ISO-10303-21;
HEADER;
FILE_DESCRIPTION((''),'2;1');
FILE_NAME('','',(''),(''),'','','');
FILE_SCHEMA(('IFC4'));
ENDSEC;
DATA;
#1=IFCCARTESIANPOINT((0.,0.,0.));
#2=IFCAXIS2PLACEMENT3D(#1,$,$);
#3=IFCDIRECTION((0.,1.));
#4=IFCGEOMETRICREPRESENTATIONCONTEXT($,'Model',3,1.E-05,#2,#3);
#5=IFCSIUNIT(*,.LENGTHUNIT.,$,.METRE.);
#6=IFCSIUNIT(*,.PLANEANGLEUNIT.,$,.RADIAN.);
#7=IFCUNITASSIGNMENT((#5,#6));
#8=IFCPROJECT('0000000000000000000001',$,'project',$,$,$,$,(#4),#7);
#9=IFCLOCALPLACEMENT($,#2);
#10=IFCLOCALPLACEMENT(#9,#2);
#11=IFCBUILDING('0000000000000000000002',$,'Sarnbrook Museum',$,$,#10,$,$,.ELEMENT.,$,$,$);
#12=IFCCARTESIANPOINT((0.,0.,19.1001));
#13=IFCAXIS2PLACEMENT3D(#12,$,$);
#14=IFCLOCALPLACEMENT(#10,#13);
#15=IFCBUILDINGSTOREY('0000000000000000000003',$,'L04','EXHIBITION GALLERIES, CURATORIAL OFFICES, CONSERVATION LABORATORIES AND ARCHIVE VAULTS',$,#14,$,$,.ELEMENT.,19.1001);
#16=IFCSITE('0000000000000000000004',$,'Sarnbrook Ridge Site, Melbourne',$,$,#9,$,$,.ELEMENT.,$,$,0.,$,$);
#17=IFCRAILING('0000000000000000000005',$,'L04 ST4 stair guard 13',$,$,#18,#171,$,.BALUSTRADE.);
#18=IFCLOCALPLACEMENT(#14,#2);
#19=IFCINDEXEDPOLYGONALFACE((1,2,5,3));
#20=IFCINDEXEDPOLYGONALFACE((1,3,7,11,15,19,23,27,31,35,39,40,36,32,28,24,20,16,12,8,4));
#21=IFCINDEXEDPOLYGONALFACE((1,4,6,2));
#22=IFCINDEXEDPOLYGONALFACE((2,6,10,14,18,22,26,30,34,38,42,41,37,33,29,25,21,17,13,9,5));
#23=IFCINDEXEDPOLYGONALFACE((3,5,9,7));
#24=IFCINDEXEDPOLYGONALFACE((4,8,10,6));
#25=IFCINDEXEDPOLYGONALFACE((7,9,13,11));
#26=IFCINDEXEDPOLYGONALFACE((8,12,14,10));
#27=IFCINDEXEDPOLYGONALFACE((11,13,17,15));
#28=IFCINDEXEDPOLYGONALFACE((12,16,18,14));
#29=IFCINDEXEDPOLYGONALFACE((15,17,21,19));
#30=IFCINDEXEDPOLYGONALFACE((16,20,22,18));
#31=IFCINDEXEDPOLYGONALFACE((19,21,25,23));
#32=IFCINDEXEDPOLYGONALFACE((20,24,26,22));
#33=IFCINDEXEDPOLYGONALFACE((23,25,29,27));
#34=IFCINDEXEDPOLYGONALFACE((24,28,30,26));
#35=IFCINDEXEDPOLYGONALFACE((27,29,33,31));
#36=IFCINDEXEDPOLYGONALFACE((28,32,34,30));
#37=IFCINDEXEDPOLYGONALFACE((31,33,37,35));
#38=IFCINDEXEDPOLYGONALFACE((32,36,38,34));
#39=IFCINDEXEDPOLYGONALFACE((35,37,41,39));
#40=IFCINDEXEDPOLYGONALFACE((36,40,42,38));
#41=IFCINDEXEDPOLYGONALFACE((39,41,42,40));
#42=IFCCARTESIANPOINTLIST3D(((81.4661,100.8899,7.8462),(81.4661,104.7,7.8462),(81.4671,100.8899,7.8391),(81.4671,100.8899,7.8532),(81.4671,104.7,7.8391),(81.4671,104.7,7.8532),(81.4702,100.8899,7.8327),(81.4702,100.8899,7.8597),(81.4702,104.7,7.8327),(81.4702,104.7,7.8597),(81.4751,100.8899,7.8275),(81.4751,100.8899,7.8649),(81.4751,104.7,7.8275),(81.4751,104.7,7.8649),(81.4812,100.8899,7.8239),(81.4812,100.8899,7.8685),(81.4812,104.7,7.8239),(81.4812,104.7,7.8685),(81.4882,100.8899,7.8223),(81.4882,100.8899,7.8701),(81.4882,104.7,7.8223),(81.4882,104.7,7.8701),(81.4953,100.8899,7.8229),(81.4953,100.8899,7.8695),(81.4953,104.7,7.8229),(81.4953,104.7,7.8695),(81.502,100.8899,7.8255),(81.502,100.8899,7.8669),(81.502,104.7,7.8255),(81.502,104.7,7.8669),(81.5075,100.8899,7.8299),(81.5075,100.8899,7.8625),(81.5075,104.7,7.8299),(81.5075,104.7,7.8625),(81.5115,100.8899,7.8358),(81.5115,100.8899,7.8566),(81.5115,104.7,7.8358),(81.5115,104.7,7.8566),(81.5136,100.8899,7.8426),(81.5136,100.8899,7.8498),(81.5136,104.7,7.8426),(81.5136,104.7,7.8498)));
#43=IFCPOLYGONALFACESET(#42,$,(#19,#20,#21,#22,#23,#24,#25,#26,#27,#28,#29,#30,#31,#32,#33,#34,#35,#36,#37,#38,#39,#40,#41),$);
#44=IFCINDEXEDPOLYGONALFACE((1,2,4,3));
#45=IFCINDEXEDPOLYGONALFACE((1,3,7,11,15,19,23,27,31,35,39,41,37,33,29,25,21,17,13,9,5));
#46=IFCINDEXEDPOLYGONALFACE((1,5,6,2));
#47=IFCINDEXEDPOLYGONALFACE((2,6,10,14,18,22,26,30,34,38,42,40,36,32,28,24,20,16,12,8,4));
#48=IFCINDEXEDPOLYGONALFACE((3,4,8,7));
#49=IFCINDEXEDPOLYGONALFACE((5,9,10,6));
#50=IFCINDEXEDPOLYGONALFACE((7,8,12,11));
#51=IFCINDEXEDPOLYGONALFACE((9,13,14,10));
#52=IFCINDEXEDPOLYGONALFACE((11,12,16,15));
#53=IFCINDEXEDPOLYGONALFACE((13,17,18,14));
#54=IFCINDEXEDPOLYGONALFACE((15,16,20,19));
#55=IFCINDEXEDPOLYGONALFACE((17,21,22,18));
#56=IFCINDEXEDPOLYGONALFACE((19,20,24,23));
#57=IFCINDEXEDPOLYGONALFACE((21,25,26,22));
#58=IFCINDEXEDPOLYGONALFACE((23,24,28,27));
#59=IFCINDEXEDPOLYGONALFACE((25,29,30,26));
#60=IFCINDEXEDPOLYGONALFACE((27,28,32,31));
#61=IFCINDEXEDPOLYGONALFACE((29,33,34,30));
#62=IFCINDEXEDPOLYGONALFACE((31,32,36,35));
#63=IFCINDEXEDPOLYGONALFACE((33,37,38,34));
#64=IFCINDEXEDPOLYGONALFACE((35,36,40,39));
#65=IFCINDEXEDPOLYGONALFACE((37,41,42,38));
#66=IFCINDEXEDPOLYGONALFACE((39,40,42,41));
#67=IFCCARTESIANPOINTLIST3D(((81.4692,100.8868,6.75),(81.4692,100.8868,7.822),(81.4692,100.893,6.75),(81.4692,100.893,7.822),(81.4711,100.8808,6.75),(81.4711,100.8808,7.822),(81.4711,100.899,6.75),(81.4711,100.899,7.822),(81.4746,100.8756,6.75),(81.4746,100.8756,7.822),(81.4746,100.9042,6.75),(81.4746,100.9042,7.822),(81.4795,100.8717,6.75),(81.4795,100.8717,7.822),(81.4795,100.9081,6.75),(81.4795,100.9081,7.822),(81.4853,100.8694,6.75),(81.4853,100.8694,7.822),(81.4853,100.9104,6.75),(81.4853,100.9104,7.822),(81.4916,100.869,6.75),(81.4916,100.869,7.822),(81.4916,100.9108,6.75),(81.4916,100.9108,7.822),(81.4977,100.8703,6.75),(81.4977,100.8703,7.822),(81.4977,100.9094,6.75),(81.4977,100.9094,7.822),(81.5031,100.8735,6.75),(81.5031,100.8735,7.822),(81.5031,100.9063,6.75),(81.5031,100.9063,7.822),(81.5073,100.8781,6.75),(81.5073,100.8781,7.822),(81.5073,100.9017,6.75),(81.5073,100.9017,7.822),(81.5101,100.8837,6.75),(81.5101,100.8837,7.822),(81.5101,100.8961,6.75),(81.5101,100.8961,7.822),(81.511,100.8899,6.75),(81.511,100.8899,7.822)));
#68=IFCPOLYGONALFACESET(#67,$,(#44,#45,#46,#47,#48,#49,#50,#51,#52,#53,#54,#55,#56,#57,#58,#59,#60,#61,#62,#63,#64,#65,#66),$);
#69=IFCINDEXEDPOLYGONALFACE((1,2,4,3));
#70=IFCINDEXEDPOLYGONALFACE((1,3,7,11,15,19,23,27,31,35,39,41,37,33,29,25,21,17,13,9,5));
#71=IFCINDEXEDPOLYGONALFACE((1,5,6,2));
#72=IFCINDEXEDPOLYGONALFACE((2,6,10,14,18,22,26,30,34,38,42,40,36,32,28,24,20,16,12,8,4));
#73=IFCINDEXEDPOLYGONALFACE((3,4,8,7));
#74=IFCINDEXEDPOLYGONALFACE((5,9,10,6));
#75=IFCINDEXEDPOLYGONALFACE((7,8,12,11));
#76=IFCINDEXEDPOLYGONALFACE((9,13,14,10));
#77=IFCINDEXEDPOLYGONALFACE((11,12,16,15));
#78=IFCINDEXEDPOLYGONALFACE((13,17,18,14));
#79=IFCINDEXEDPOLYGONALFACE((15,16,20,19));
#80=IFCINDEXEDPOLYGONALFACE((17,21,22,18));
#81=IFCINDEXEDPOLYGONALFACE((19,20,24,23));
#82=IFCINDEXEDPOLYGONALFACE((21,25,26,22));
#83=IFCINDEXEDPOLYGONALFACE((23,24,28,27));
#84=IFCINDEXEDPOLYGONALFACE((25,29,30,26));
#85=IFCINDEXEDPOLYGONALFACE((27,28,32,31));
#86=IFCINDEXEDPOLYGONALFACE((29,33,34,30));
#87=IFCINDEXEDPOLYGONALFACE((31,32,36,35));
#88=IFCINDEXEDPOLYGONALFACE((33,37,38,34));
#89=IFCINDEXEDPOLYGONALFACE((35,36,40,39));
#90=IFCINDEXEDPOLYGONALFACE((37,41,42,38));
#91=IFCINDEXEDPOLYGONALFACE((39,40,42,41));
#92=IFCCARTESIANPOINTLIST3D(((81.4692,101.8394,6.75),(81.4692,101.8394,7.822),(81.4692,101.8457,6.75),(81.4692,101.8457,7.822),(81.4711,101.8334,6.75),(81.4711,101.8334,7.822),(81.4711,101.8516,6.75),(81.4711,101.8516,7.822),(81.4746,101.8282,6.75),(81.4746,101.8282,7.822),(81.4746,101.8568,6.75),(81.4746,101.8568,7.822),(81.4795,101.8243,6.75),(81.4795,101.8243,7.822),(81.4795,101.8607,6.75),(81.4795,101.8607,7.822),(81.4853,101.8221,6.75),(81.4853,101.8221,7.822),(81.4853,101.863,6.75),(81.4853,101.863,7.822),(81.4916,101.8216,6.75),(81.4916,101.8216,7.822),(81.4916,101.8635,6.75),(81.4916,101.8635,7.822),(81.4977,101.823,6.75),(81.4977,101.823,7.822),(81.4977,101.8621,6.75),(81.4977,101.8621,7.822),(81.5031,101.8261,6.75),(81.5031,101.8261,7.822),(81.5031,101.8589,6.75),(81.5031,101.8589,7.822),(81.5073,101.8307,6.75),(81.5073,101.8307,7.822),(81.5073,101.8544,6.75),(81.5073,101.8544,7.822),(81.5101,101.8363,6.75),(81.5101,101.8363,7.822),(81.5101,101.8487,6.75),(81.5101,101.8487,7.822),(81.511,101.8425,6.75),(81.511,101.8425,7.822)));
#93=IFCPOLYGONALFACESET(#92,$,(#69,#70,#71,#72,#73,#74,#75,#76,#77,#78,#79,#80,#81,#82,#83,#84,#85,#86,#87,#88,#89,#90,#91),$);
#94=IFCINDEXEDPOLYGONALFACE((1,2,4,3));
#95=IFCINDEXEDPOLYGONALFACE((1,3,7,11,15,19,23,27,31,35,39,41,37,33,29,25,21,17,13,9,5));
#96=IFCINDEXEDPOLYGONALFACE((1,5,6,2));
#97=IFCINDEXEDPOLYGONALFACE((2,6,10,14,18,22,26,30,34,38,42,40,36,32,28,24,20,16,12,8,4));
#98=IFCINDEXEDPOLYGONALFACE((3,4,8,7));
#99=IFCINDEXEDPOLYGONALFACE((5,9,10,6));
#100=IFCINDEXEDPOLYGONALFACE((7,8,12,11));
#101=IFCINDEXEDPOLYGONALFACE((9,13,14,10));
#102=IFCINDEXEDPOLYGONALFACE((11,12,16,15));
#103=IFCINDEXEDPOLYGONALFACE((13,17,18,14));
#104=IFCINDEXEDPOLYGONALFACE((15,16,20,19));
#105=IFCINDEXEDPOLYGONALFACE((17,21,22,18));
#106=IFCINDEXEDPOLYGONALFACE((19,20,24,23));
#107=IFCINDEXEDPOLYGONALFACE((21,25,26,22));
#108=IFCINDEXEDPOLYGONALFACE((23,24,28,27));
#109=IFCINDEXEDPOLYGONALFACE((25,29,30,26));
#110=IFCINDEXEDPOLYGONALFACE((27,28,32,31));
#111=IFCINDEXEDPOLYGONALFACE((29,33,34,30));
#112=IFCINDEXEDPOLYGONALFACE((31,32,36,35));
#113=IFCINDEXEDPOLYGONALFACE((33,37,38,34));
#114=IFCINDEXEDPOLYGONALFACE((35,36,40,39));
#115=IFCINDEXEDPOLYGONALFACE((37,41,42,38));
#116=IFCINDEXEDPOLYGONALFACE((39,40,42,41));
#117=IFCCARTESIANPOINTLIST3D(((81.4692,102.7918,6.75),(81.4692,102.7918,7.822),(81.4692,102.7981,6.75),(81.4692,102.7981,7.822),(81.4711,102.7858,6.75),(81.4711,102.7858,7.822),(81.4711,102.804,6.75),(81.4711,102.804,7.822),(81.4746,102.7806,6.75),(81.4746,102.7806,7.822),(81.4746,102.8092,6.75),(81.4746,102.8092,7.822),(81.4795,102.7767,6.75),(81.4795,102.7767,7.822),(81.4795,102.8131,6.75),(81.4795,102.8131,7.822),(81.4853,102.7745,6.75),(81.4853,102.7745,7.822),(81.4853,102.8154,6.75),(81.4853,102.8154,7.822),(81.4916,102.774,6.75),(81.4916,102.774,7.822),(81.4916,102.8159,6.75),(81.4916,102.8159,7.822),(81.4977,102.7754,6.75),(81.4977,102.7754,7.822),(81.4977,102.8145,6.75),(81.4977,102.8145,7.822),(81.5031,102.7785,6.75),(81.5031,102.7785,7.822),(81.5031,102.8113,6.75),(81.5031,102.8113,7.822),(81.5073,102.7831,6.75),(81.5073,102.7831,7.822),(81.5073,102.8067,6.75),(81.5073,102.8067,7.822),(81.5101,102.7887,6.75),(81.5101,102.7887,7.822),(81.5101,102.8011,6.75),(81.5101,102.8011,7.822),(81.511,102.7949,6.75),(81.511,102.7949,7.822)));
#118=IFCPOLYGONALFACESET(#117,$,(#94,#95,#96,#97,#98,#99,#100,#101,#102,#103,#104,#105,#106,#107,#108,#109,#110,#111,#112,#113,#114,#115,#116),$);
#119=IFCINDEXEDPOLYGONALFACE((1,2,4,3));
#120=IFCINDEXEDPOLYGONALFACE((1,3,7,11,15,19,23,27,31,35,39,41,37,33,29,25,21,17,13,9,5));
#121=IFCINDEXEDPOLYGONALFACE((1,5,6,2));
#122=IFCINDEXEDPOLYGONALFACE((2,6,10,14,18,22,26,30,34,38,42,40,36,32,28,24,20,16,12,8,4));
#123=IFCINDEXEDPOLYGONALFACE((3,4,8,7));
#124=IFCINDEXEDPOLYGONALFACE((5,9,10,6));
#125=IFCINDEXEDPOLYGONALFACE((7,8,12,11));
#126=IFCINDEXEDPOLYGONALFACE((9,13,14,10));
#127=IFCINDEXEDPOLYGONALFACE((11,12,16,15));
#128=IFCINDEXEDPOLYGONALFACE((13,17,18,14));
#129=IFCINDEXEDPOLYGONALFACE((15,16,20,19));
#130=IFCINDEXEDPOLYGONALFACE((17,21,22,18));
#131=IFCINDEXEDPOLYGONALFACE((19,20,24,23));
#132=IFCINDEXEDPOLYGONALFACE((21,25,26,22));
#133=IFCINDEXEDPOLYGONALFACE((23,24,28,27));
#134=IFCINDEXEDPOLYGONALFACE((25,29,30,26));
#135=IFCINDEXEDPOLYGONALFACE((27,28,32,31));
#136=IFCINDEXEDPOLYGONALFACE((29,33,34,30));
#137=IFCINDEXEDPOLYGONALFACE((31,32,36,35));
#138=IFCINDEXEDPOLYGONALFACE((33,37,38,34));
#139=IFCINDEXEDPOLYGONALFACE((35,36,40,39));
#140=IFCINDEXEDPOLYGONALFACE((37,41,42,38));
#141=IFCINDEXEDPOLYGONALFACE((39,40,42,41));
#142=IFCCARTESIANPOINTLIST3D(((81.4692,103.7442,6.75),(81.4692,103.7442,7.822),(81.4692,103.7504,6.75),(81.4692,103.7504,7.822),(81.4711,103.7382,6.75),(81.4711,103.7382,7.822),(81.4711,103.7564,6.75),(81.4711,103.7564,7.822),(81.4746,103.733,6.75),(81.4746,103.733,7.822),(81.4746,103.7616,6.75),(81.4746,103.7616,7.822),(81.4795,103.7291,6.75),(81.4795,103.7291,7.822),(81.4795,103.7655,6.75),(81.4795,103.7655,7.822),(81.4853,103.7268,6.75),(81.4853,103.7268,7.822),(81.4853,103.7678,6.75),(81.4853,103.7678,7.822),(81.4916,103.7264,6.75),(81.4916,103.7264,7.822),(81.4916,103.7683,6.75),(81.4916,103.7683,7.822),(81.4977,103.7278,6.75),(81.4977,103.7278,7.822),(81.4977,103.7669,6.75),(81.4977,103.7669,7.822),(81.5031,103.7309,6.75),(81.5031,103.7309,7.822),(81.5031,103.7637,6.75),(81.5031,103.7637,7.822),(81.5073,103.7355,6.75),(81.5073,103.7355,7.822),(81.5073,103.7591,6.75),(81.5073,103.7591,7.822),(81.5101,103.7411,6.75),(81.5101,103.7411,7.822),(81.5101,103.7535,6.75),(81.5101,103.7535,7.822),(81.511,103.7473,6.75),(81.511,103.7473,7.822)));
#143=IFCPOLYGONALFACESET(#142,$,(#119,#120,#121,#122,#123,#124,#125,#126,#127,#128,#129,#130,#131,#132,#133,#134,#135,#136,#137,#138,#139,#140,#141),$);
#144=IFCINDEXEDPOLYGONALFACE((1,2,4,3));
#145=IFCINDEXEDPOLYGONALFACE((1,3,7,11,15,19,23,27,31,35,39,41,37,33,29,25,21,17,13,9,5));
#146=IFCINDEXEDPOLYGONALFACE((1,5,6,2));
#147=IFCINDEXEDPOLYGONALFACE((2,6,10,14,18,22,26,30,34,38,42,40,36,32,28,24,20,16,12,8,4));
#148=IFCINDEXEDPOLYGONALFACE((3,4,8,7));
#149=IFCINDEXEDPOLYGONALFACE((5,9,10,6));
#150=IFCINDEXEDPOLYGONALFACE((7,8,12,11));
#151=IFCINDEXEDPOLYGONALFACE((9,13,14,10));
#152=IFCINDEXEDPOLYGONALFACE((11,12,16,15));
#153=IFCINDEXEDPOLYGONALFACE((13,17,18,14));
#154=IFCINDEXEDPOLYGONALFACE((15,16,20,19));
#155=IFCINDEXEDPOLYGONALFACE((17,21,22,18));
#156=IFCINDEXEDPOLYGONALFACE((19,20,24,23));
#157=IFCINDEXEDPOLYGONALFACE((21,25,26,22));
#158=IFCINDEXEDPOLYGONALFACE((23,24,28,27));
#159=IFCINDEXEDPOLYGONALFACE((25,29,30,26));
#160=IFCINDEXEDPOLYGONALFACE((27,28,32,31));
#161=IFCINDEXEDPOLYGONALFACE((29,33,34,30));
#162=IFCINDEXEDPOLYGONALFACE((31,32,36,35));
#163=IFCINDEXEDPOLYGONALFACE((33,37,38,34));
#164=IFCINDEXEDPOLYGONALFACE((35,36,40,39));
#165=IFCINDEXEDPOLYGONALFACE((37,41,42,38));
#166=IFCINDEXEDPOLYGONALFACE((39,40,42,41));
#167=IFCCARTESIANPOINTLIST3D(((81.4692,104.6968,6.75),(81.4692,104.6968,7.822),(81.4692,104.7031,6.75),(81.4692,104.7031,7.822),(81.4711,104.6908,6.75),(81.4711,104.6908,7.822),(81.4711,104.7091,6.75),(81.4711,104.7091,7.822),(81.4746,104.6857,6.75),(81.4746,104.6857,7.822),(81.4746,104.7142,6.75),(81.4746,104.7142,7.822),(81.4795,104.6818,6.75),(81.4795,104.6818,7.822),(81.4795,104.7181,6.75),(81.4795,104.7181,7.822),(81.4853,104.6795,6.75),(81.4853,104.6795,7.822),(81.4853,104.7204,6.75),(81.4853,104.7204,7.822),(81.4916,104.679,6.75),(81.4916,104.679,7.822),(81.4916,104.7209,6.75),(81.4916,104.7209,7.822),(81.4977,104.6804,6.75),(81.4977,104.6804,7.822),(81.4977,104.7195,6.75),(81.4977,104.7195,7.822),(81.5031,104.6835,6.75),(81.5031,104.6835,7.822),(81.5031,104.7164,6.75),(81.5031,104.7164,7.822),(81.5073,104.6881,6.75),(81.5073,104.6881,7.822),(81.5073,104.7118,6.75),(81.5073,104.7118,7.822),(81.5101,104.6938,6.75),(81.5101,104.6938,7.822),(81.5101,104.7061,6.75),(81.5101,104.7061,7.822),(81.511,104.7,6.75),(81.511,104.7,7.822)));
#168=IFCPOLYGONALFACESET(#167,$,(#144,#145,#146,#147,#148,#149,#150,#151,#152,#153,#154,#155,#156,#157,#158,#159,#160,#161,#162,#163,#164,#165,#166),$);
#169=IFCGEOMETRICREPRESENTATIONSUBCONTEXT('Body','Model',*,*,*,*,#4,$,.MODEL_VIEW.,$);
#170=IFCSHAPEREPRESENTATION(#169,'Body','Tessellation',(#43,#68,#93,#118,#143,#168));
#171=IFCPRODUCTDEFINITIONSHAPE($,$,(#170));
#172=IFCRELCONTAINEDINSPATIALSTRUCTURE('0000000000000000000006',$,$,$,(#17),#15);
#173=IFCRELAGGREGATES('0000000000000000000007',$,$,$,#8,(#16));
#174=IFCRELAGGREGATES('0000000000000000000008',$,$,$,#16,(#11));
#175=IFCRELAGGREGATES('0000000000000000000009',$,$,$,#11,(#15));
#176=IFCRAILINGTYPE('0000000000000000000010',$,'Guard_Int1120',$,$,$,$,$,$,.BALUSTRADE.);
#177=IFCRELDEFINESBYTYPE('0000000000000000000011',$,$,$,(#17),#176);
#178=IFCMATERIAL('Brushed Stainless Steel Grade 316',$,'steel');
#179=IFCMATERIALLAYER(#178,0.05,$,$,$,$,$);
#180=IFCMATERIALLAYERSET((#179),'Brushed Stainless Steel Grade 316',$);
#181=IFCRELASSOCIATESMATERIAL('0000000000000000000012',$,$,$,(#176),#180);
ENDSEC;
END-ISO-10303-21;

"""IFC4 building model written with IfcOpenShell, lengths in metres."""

from ifc_helpers import new_model, si_unit, direction, frame, origin, origin_2d, place, context, subcontext, project, spatial, circle, extrude, material, layer, layer_set, type_object, element, save


model = new_model("IFC4")

# Units and contexts
model_context = context("Model", 3, precision=1e-05, world=origin(), true_north=direction((0.0, 1.0)))
body_context = subcontext(model_context, "Body", "Model", "MODEL_VIEW")
ifc_project = project(units=[si_unit("LENGTHUNIT", "METRE"), si_unit("PLANEANGLEUNIT", "RADIAN")], contexts=[model_context])

# Site, building, storey
site_placement = place(None, origin())
site = spatial("IfcSite", under=ifc_project, at=site_placement, Name="Sarnbrook Ridge Site, Melbourne", CompositionType="ELEMENT", RefElevation=0.0)
building_placement = place(site_placement, origin())
building = spatial("IfcBuilding", under=site, at=building_placement, Name="Sarnbrook Museum", CompositionType="ELEMENT")
storey_placement = place(building_placement, frame((0.0, 0.0, 19.1001)))
storey = spatial("IfcBuildingStorey", under=building, at=storey_placement, Name="L04", Description="EXHIBITION GALLERIES, CURATORIAL OFFICES, CONSERVATION LABORATORIES AND ARCHIVE VAULTS", CompositionType="ELEMENT", Elevation=19.1001)

# Shared definitions
ifc_material_1 = material(Name="Brushed Stainless Steel Grade 316", Category="steel")

# Railing
ifc_layer_1 = layer(ifc_material_1, 0.05)
ifc_layer_set_1 = layer_set([ifc_layer_1], Name="Brushed Stainless Steel Grade 316")
railing_type_1 = type_object("IfcRailingType", Name="Guard_Int1120", PredefinedType="BALUSTRADE", material=ifc_layer_set_1)
railing_1_placement = place(storey_placement, frame((81.49, 100.8899, 6.75)))
element("IfcRailing", 1, at=railing_1_placement, inside=storey, type_object=railing_type_1, Name="L04 ST4 stair guard 13", PredefinedType="BALUSTRADE", context=body_context, shape_type="SweptSolid", body=[
    extrude(circle(Radius=0.0239, at=origin_2d()), frame((0.0, 0.0, 1.0962), z_axis=(0.0, 1.0, 0.0), x_axis=(-1.0, 0.0, 0.0)), (0.0, 0.0, 1.0), 3.8101),
    extrude(circle(Radius=0.021, at=origin_2d()), origin(), (0.0, 0.0, 1.0), 1.072),
    extrude(circle(Radius=0.021, at=origin_2d()), frame((0.0, 0.9526, 0.0)), (0.0, 0.0, 1.0), 1.072),
    extrude(circle(Radius=0.021, at=origin_2d()), frame((0.0, 1.905, 0.0)), (0.0, 0.0, 1.0), 1.072),
    extrude(circle(Radius=0.021, at=origin_2d()), frame((0.0, 2.8574, 0.0)), (0.0, 0.0, 1.0), 1.072),
    extrude(circle(Radius=0.021, at=origin_2d()), frame((0.0, 3.8101, 0.0)), (0.0, 0.0, 1.0), 1.072),
])

save(model, "model.ifc")
